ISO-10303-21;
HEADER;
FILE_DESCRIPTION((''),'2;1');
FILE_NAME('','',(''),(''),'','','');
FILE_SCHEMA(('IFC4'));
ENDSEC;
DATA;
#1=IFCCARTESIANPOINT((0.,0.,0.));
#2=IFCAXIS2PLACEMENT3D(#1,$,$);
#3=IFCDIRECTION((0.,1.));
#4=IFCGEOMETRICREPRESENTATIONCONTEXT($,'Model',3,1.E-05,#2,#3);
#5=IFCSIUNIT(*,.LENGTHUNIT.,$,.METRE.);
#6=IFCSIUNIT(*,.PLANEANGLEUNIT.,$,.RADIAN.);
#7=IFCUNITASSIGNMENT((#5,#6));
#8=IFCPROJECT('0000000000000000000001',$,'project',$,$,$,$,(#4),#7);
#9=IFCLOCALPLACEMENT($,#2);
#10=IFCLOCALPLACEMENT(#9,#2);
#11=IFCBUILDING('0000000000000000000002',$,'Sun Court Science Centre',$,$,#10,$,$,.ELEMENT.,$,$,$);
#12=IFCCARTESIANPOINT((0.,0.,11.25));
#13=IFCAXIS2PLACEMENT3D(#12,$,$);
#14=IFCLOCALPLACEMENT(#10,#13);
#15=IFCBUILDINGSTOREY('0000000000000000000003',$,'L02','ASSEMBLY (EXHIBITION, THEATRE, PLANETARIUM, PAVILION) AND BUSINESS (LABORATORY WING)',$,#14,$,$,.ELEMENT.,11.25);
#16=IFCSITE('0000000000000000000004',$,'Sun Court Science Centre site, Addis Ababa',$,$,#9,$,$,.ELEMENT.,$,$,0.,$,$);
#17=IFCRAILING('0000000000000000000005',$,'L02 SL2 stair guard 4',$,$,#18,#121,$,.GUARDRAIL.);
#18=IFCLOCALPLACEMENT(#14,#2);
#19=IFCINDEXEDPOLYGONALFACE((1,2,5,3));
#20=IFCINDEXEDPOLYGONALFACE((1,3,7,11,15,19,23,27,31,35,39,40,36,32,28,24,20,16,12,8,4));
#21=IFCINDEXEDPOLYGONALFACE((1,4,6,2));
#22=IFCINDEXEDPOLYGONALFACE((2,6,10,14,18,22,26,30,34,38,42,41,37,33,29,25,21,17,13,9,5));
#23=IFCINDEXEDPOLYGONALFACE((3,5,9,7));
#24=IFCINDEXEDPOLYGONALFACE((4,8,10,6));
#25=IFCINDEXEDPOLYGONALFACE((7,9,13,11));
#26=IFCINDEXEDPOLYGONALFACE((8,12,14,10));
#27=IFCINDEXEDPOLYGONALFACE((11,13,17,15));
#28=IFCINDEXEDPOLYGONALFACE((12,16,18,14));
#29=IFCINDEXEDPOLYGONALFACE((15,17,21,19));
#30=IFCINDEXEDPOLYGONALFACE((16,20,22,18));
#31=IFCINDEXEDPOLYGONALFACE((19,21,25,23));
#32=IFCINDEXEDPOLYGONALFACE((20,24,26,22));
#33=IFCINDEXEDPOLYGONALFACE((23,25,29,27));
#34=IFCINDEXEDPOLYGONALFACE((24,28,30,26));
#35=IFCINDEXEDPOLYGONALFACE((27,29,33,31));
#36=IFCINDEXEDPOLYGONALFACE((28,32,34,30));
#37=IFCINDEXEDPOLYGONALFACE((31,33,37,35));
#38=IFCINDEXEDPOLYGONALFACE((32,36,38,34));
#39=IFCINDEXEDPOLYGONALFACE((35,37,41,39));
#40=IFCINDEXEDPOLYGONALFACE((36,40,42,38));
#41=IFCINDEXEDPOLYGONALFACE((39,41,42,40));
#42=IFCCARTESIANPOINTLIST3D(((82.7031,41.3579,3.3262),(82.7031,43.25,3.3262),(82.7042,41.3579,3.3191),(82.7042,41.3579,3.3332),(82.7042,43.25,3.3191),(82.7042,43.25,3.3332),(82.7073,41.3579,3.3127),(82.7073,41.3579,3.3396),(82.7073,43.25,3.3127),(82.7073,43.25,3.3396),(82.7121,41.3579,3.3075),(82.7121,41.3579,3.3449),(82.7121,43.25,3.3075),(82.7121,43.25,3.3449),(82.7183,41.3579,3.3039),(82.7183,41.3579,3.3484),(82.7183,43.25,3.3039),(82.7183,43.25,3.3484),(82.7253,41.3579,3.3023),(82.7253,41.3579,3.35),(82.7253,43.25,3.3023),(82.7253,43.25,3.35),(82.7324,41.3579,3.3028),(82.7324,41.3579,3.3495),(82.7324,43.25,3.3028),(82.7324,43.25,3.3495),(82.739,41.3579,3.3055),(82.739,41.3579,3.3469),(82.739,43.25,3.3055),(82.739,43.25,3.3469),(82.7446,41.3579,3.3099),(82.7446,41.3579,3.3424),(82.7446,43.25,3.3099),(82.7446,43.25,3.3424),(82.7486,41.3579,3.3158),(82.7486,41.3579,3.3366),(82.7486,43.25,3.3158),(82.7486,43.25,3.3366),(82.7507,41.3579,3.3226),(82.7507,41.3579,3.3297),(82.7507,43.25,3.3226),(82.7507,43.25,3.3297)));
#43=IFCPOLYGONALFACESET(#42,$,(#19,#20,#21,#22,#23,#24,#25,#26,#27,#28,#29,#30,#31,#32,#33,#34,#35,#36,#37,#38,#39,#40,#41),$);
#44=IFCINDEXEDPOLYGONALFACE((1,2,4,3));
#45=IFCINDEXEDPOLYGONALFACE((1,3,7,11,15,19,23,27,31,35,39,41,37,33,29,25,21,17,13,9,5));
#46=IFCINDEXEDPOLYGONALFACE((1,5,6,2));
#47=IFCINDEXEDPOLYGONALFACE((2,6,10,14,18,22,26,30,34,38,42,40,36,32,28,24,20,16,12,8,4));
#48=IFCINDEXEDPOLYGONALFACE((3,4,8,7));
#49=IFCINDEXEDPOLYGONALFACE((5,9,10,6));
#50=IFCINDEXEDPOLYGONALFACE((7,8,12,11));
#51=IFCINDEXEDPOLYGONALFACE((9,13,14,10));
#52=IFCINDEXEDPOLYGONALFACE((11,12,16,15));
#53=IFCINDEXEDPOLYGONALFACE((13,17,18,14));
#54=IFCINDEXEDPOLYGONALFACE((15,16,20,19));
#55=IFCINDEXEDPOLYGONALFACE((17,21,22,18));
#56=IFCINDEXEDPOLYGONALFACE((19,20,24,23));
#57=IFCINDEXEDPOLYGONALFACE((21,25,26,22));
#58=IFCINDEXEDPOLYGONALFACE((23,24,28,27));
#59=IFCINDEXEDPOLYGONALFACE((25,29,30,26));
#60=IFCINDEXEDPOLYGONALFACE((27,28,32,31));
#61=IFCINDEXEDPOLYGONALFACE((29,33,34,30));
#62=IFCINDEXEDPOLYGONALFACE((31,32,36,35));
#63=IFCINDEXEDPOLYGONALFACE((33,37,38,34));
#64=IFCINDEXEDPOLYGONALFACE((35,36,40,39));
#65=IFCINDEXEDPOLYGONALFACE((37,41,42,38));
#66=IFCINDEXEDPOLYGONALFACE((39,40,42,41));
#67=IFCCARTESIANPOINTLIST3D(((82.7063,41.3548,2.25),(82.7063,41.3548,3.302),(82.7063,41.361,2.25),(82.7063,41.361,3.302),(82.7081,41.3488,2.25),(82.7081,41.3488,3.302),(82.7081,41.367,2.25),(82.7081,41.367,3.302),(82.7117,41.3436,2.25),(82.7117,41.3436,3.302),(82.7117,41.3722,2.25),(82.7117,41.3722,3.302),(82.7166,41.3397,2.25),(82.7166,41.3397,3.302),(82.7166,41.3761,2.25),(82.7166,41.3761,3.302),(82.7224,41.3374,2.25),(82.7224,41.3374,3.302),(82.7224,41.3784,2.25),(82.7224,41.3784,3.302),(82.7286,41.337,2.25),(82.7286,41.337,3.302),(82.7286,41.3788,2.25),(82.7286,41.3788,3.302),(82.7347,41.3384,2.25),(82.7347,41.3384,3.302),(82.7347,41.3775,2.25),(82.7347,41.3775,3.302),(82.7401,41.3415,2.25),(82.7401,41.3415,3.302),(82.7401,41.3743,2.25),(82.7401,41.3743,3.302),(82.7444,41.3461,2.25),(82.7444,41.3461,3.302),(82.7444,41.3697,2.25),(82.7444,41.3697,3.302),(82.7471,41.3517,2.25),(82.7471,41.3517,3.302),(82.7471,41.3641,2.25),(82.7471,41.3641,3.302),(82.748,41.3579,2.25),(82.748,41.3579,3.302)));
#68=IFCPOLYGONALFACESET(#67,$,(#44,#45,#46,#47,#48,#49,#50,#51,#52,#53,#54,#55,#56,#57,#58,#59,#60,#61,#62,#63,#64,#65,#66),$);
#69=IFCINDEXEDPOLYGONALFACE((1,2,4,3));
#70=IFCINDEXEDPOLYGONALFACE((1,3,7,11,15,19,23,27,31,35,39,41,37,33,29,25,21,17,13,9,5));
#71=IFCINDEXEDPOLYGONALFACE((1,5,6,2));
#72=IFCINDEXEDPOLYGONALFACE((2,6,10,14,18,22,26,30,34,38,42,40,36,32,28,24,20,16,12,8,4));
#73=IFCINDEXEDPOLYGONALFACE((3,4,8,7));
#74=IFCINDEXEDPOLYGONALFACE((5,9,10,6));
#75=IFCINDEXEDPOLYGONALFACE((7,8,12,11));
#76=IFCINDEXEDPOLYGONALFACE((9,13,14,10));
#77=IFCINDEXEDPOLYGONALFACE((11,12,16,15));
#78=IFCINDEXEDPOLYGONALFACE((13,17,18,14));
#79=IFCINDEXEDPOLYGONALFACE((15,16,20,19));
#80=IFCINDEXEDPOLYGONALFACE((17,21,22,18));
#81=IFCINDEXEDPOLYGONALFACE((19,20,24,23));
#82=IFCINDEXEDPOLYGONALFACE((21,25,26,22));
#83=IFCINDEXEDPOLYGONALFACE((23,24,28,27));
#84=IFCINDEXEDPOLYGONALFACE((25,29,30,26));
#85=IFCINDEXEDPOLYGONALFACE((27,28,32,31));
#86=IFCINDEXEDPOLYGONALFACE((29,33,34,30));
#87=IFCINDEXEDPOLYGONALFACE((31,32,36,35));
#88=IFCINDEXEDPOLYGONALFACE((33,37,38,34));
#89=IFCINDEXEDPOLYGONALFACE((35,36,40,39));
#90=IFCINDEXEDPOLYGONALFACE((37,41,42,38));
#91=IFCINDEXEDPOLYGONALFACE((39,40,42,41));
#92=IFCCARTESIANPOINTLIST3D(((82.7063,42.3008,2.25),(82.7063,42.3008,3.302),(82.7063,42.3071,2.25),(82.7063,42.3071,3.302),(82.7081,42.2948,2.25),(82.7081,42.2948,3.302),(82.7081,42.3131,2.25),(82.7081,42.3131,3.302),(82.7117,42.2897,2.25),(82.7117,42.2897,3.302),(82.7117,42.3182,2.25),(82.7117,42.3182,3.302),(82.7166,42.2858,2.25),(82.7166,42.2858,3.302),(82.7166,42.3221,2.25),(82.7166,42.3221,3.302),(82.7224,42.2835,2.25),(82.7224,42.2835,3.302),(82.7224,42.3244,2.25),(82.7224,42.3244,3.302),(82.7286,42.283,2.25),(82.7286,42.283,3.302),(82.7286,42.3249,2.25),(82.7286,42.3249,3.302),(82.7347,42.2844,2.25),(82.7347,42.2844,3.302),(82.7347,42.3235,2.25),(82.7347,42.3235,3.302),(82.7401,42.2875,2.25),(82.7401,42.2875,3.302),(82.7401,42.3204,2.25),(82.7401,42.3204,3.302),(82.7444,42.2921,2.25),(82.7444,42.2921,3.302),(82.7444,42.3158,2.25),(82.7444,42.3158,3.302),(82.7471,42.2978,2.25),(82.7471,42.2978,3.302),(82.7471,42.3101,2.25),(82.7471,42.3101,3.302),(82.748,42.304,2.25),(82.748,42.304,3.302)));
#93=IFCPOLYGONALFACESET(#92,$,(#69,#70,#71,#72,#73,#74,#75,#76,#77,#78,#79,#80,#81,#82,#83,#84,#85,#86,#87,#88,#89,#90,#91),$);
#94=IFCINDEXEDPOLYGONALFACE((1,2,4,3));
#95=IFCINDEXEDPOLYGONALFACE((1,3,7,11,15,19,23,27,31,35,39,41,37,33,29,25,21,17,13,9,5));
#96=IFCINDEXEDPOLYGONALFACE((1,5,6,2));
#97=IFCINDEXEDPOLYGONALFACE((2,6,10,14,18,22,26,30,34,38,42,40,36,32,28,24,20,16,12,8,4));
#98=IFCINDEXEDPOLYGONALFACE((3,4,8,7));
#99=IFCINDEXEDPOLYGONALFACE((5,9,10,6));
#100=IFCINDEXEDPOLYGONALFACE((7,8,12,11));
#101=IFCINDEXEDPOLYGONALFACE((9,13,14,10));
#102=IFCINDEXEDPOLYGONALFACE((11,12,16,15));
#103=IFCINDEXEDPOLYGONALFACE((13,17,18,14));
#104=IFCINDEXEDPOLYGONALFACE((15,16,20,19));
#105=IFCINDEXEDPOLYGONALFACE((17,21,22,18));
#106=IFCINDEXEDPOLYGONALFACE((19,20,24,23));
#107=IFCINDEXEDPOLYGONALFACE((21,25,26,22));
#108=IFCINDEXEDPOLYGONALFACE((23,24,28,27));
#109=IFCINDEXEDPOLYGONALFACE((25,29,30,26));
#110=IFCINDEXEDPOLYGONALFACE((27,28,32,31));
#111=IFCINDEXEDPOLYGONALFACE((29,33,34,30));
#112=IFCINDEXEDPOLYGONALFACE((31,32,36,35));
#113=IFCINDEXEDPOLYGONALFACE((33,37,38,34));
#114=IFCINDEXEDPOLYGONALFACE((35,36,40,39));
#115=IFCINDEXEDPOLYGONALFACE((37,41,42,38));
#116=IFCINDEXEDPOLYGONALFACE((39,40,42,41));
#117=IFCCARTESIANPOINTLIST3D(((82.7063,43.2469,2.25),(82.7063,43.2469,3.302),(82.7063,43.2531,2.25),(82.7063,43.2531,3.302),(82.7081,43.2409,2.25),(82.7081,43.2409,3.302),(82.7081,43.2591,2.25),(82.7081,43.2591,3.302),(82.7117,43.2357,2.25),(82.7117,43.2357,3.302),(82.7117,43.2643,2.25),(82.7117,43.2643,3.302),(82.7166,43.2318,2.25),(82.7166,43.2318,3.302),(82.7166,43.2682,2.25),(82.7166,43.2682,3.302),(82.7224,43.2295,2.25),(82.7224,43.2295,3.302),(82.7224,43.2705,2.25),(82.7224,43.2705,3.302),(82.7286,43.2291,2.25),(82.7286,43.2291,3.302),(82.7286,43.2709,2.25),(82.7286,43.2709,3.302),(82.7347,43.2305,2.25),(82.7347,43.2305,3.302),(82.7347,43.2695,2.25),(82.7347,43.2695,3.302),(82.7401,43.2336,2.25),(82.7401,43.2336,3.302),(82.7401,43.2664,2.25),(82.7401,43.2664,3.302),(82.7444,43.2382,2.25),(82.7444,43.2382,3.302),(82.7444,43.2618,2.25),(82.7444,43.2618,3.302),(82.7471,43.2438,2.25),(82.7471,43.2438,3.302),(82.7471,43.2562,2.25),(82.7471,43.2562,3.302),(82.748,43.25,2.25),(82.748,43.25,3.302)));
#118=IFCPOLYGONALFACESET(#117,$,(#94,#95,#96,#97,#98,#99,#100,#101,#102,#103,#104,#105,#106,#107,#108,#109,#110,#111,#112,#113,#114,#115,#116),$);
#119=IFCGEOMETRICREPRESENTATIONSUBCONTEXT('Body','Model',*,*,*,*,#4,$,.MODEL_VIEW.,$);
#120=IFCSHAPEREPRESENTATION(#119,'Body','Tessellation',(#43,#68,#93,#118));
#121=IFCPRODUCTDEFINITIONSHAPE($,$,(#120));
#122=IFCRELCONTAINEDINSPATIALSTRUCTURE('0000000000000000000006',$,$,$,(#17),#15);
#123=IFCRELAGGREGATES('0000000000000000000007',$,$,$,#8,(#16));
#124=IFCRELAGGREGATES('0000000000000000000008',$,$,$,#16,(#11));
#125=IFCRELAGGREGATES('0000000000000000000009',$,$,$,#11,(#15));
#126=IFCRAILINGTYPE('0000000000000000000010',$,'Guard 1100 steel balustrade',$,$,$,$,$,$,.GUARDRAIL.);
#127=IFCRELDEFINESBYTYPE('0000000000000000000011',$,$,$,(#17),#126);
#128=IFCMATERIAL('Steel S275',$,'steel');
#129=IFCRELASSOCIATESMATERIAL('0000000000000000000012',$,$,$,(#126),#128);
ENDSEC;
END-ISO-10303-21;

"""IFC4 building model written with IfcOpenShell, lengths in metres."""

from ifc_helpers import new_model, si_unit, direction, frame, origin, origin_2d, place, context, subcontext, project, spatial, circle, extrude, material, type_object, element, save


model = new_model("IFC4")

# Units and contexts
model_context = context("Model", 3, precision=1e-05, world=origin(), true_north=direction((0.0, 1.0)))
body_context = subcontext(model_context, "Body", "Model", "MODEL_VIEW")
ifc_project = project(units=[si_unit("LENGTHUNIT", "METRE"), si_unit("PLANEANGLEUNIT", "RADIAN")], contexts=[model_context])

# Site, building, storey
site_placement = place(None, origin())
site = spatial("IfcSite", under=ifc_project, at=site_placement, Name="Sun Court Science Centre site, Addis Ababa", CompositionType="ELEMENT", RefElevation=0.0)
building_placement = place(site_placement, origin())
building = spatial("IfcBuilding", under=site, at=building_placement, Name="Sun Court Science Centre", CompositionType="ELEMENT")
storey_placement = place(building_placement, frame((0.0, 0.0, 11.25)))
storey = spatial("IfcBuildingStorey", under=building, at=storey_placement, Name="L02", Description="ASSEMBLY (EXHIBITION, THEATRE, PLANETARIUM, PAVILION) AND BUSINESS (LABORATORY WING)", CompositionType="ELEMENT", Elevation=11.25)

# Railing
ifc_material_1 = material(Name="Steel S275", Category="steel")
railing_type_1 = type_object("IfcRailingType", Name="Guard 1100 steel balustrade", PredefinedType="GUARDRAIL", material=ifc_material_1)
for number, where, name in (
    (1, (82.7271, 41.3579, 2.25), "L02 SL2 stair guard 4"),
):
    element("IfcRailing", number, at=place(storey_placement, frame(where)), inside=storey, type_object=railing_type_1, Name=name, PredefinedType="GUARDRAIL", context=body_context, shape_type="SweptSolid", body=[
        extrude(circle(Radius=0.0239, at=origin_2d()), frame((0.0, 0.0, 1.0762), z_axis=(0.0, 1.0, 0.0), x_axis=(-1.0, 0.0, 0.0)), (0.0, 0.0, 1.0), 1.8921),
        extrude(circle(Radius=0.021, at=origin_2d()), origin(), (0.0, 0.0, 1.0), 1.052),
        extrude(circle(Radius=0.021, at=origin_2d()), frame((0.0, 0.946, 0.0)), (0.0, 0.0, 1.0), 1.052),
        extrude(circle(Radius=0.021, at=origin_2d()), frame((0.0, 1.8921, 0.0)), (0.0, 0.0, 1.0), 1.052),
    ])

save(model, "model.ifc")
